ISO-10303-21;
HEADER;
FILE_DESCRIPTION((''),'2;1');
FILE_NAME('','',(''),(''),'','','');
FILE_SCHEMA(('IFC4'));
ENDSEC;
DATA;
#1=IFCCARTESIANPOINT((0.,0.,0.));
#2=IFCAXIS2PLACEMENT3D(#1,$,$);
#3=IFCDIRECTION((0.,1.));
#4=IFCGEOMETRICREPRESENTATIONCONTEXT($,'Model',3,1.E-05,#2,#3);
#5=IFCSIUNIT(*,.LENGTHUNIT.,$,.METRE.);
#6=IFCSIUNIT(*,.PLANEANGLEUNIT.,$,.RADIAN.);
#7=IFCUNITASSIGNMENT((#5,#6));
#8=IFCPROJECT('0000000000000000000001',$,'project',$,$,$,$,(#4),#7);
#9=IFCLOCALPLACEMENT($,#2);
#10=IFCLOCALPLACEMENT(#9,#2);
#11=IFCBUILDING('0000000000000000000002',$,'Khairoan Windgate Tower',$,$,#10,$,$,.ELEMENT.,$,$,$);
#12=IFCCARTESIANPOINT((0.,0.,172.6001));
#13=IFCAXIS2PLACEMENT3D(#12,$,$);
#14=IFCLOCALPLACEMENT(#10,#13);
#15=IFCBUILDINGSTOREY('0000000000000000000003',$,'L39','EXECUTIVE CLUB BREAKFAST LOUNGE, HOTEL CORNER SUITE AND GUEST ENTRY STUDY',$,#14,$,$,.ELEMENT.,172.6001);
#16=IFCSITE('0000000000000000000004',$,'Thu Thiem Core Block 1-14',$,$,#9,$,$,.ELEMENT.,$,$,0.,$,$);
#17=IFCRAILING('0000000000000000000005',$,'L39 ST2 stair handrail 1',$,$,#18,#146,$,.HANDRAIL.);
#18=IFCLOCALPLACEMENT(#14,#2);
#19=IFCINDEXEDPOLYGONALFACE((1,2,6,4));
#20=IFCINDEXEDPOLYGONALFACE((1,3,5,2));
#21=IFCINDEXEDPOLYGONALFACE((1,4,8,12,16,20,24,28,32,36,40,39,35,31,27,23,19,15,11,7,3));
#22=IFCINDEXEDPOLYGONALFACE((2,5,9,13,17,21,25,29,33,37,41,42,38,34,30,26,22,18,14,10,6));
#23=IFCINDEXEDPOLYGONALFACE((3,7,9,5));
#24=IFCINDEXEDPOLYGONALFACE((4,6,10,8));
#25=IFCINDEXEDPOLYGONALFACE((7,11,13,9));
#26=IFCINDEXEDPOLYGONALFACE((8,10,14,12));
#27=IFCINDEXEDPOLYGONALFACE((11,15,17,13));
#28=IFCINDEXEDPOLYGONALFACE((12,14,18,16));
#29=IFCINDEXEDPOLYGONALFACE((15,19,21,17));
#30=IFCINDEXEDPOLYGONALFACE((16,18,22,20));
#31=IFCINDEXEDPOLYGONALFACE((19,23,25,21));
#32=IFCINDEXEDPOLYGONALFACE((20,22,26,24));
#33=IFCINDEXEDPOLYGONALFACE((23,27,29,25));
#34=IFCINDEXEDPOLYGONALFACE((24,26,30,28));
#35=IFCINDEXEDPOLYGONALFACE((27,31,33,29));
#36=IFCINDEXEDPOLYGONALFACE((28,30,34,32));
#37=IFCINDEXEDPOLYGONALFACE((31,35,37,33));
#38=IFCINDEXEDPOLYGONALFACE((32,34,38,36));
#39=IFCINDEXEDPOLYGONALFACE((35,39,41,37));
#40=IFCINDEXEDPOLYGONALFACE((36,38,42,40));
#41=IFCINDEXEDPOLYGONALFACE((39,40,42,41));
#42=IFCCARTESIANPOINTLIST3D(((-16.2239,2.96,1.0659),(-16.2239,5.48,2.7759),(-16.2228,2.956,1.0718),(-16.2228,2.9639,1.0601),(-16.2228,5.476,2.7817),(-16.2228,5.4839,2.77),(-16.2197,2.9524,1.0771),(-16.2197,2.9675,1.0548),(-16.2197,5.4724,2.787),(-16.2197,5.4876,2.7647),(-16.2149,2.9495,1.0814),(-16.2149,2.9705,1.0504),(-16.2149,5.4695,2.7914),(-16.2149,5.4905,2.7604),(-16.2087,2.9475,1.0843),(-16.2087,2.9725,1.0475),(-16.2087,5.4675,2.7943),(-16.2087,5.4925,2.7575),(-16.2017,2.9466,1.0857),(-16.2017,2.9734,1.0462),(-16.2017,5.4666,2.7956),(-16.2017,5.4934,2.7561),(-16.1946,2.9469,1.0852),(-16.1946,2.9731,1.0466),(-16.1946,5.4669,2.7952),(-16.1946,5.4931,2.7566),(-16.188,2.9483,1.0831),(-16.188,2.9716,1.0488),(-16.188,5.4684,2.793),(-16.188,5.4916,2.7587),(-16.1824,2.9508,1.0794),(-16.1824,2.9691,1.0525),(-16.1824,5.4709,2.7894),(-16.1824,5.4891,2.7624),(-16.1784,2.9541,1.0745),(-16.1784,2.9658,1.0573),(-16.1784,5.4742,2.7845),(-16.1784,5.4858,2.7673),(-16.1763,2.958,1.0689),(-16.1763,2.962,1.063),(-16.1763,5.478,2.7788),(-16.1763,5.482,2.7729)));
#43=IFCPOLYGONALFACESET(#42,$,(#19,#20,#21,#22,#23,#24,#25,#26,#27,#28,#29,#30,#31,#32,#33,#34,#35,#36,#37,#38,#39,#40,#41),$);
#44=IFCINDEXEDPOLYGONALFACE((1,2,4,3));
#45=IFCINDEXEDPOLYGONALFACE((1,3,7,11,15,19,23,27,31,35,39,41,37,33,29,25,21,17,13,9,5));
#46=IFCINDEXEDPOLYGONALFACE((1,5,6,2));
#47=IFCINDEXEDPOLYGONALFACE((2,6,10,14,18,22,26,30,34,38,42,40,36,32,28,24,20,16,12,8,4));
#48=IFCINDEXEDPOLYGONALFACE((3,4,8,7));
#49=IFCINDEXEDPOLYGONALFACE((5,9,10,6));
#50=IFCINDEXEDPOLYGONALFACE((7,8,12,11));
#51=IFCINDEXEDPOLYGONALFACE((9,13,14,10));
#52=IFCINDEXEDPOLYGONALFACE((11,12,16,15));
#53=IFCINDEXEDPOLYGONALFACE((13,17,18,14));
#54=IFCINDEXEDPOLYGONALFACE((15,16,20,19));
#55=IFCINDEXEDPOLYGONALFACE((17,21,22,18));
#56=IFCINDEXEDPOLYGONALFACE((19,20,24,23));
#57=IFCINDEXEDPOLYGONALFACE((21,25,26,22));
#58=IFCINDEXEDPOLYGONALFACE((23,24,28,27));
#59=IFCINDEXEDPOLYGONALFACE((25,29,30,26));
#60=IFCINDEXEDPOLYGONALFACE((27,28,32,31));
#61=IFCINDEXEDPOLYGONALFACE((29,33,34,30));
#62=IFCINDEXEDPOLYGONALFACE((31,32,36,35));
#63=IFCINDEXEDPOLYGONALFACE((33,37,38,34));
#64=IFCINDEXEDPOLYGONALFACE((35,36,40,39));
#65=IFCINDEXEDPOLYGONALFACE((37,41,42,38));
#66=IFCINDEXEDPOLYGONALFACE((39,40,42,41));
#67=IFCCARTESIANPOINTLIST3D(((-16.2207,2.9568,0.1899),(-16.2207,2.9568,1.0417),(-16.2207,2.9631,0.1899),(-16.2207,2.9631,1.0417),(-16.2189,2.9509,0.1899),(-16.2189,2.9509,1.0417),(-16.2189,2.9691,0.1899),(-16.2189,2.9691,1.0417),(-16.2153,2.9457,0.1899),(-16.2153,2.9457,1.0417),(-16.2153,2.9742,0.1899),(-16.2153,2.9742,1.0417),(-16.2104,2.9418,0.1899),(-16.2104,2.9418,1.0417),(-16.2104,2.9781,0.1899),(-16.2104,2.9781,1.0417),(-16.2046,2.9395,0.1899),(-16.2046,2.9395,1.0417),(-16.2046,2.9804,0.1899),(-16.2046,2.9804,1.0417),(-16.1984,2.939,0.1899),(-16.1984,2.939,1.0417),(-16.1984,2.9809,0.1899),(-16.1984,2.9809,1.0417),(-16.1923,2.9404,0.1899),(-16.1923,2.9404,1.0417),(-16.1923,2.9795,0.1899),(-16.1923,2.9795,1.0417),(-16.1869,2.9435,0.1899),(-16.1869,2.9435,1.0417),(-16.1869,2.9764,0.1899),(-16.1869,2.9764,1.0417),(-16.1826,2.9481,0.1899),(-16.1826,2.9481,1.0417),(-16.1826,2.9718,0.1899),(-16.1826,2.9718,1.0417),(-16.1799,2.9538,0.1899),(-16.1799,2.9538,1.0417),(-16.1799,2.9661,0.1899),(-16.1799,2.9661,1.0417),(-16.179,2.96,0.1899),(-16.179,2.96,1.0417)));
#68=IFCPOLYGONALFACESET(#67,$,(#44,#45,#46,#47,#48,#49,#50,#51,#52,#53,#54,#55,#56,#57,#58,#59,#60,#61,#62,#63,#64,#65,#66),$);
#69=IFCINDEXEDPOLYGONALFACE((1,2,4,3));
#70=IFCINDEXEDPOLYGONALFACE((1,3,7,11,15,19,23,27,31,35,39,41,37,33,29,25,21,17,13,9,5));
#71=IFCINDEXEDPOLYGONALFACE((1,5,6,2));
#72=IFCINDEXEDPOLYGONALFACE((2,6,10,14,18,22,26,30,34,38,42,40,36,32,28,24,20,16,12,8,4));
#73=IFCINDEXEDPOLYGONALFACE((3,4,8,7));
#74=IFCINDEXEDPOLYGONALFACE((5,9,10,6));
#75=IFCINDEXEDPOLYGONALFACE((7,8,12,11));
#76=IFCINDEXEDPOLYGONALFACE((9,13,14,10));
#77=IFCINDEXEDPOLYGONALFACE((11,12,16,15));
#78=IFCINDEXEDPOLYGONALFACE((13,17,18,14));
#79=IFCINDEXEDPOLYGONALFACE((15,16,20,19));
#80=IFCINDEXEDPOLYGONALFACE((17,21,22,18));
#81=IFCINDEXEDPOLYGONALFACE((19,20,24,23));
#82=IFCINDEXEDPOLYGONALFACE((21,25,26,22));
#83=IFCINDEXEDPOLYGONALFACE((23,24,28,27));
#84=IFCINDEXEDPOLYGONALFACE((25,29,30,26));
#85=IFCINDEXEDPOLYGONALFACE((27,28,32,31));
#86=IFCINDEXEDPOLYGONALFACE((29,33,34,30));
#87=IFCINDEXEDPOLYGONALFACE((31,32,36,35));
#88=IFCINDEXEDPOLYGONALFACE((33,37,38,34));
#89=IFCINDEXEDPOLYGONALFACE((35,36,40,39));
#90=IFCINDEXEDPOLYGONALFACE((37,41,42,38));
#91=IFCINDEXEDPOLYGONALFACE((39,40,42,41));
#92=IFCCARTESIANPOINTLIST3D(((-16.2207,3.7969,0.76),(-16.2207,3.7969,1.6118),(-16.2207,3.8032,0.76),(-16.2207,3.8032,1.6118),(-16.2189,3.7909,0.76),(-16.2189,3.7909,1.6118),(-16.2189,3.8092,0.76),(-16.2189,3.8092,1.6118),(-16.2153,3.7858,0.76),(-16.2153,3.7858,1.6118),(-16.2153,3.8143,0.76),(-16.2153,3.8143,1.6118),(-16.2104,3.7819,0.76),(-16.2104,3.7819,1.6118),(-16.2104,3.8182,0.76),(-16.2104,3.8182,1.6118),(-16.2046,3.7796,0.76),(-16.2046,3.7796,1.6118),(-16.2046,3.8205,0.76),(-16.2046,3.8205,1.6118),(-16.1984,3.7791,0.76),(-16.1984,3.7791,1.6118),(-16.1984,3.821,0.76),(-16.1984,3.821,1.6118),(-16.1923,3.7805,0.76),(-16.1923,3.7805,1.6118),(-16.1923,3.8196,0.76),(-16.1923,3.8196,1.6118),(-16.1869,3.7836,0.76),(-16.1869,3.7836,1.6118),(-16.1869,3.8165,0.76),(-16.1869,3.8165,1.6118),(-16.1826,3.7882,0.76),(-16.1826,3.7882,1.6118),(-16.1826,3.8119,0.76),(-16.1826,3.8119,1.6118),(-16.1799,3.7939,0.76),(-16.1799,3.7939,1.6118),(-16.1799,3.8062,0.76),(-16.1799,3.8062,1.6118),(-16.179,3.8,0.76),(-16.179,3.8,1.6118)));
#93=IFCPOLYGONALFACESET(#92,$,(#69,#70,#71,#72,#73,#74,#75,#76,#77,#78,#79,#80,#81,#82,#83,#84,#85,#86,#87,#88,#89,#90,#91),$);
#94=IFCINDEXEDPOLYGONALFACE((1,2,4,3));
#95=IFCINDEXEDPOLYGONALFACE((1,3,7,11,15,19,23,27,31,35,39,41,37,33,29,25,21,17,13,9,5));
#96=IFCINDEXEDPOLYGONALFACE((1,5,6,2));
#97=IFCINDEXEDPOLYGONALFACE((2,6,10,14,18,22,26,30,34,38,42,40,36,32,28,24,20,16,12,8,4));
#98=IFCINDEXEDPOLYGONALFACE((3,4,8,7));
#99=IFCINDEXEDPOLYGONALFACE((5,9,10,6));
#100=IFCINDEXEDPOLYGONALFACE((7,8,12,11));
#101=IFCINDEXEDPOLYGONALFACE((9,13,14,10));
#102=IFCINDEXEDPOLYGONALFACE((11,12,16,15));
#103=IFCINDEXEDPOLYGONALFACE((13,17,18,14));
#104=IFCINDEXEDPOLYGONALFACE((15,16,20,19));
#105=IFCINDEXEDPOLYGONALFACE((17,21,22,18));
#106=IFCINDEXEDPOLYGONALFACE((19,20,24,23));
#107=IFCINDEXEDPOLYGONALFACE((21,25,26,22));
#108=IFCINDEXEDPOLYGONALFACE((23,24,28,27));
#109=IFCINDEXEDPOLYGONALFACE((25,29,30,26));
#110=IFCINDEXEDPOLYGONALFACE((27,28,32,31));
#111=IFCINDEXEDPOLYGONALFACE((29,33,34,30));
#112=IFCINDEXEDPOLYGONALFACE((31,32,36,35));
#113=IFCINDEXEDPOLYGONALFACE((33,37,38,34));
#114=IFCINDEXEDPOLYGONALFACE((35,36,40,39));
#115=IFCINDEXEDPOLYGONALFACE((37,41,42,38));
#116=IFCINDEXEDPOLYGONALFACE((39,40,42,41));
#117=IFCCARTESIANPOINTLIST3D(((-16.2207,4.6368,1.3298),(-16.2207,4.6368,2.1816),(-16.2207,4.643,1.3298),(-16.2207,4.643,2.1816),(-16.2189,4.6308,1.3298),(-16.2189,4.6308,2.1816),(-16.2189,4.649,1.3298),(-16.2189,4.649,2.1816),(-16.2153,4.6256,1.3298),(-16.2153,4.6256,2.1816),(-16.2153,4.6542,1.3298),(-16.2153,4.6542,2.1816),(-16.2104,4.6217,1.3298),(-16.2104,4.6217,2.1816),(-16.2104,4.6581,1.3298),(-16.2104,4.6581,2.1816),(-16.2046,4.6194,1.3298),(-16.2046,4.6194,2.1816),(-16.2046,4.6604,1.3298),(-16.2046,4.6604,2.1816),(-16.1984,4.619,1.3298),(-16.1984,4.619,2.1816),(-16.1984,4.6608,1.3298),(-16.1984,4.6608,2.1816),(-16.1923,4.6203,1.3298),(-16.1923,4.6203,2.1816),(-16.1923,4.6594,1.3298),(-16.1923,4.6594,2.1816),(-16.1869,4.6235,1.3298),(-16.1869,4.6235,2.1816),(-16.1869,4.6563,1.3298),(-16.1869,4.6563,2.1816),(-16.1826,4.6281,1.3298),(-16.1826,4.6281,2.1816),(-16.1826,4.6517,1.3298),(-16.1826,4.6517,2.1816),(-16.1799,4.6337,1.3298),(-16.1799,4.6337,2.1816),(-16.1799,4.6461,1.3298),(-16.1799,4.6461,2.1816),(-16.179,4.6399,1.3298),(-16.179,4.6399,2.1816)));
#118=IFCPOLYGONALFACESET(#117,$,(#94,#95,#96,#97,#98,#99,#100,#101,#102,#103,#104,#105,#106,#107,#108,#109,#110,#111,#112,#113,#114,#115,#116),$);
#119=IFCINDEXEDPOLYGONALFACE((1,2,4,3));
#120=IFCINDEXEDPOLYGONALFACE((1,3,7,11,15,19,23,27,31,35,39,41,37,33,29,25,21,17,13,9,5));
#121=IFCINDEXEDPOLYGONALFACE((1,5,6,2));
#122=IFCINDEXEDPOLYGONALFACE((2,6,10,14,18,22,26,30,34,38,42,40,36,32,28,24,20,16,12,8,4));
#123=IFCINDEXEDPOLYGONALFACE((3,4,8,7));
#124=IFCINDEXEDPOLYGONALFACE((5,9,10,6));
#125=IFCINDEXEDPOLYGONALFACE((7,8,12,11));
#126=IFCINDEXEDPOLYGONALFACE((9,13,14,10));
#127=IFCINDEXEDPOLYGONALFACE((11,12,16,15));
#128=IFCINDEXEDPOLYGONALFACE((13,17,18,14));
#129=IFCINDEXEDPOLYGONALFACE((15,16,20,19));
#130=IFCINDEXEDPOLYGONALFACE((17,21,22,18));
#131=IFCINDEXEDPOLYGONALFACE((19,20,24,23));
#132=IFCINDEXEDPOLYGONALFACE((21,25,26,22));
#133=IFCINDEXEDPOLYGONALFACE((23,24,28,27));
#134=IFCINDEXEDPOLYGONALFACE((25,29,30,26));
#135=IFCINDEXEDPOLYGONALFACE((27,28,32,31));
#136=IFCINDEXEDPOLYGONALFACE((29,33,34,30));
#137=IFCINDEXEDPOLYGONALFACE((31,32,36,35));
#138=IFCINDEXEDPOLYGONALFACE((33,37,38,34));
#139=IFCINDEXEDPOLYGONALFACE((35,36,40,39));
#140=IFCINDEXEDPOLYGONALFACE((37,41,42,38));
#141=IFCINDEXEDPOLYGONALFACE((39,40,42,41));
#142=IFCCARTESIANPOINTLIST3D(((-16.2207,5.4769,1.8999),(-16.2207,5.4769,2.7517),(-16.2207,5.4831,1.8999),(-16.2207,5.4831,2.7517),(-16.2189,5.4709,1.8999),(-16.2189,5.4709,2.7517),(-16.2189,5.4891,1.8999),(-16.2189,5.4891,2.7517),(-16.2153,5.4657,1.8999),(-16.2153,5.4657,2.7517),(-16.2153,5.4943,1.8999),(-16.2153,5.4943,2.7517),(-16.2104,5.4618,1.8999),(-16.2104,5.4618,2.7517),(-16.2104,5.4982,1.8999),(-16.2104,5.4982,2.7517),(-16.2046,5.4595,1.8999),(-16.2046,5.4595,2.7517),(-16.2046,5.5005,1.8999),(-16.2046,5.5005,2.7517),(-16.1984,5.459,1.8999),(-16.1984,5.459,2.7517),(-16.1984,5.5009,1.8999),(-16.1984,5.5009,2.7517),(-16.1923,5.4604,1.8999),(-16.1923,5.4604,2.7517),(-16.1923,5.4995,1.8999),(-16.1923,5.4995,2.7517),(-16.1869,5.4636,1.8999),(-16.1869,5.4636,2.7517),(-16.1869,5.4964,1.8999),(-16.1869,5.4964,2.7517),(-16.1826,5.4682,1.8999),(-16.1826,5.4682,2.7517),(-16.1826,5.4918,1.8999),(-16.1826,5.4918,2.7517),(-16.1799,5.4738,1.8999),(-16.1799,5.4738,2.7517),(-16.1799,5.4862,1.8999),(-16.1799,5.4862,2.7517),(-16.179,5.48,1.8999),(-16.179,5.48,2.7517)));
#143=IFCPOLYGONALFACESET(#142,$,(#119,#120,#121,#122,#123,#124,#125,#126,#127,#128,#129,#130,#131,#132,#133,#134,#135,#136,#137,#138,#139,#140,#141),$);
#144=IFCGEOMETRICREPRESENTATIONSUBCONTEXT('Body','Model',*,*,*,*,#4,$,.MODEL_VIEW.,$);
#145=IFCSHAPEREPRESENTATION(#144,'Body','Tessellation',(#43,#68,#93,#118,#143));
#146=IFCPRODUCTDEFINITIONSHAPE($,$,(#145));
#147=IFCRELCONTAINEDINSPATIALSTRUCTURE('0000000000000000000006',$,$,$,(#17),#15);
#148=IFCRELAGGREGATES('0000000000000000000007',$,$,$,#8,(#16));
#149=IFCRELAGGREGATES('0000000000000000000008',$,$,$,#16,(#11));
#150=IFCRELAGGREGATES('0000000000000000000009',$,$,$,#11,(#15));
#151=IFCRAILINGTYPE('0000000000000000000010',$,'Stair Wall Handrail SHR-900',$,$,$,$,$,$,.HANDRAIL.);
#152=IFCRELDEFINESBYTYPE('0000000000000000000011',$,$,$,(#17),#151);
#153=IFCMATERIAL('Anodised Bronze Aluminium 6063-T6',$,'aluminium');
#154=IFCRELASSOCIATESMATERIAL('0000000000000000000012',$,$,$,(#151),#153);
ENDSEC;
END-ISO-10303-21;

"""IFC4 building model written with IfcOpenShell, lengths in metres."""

from ifc_helpers import new_model, si_unit, direction, frame, origin, origin_2d, place, context, subcontext, project, spatial, circle, extrude, material, type_object, element, save


model = new_model("IFC4")

# Units and contexts
model_context = context("Model", 3, precision=1e-05, world=origin(), true_north=direction((0.0, 1.0)))
body_context = subcontext(model_context, "Body", "Model", "MODEL_VIEW")
ifc_project = project(units=[si_unit("LENGTHUNIT", "METRE"), si_unit("PLANEANGLEUNIT", "RADIAN")], contexts=[model_context])

# Site, building, storey
site_placement = place(None, origin())
site = spatial("IfcSite", under=ifc_project, at=site_placement, Name="Thu Thiem Core Block 1-14", CompositionType="ELEMENT", RefElevation=0.0)
building_placement = place(site_placement, origin())
building = spatial("IfcBuilding", under=site, at=building_placement, Name="Khairoan Windgate Tower", CompositionType="ELEMENT")
storey_placement = place(building_placement, frame((0.0, 0.0, 172.6001)))
storey = spatial("IfcBuildingStorey", under=building, at=storey_placement, Name="L39", Description="EXECUTIVE CLUB BREAKFAST LOUNGE, HOTEL CORNER SUITE AND GUEST ENTRY STUDY", CompositionType="ELEMENT", Elevation=172.6001)

# Railing
ifc_material_1 = material(Name="Anodised Bronze Aluminium 6063-T6", Category="aluminium")
railing_type_1 = type_object("IfcRailingType", Name="Stair Wall Handrail SHR-900", PredefinedType="HANDRAIL", material=ifc_material_1)
railing_1_placement = place(storey_placement, frame((-16.2, 2.96, 0.1899)))
element("IfcRailing", 1, at=railing_1_placement, inside=storey, type_object=railing_type_1, Name="L39 ST2 stair handrail 1", PredefinedType="HANDRAIL", context=body_context, shape_type="SweptSolid", body=[
    extrude(circle(Radius=0.0239, at=origin_2d()), frame((0.0, 0.0, 0.876), z_axis=(0.0, 0.827484, 0.56149), x_axis=(-1.0, 0.0, 0.0)), (0.0, 0.0, 1.0), 3.0454),
    extrude(circle(Radius=0.021, at=origin_2d()), origin(), (0.0, 0.0, 1.0), 0.8518),
    extrude(circle(Radius=0.021, at=origin_2d()), frame((0.0, 0.8401, 0.5701)), (0.0, 0.0, 1.0), 0.8518),
    extrude(circle(Radius=0.021, at=origin_2d()), frame((0.0, 1.6799, 1.1399)), (0.0, 0.0, 1.0), 0.8518),
    extrude(circle(Radius=0.021, at=origin_2d()), frame((0.0, 2.52, 1.71)), (0.0, 0.0, 1.0), 0.8518),
])

save(model, "model.ifc")
